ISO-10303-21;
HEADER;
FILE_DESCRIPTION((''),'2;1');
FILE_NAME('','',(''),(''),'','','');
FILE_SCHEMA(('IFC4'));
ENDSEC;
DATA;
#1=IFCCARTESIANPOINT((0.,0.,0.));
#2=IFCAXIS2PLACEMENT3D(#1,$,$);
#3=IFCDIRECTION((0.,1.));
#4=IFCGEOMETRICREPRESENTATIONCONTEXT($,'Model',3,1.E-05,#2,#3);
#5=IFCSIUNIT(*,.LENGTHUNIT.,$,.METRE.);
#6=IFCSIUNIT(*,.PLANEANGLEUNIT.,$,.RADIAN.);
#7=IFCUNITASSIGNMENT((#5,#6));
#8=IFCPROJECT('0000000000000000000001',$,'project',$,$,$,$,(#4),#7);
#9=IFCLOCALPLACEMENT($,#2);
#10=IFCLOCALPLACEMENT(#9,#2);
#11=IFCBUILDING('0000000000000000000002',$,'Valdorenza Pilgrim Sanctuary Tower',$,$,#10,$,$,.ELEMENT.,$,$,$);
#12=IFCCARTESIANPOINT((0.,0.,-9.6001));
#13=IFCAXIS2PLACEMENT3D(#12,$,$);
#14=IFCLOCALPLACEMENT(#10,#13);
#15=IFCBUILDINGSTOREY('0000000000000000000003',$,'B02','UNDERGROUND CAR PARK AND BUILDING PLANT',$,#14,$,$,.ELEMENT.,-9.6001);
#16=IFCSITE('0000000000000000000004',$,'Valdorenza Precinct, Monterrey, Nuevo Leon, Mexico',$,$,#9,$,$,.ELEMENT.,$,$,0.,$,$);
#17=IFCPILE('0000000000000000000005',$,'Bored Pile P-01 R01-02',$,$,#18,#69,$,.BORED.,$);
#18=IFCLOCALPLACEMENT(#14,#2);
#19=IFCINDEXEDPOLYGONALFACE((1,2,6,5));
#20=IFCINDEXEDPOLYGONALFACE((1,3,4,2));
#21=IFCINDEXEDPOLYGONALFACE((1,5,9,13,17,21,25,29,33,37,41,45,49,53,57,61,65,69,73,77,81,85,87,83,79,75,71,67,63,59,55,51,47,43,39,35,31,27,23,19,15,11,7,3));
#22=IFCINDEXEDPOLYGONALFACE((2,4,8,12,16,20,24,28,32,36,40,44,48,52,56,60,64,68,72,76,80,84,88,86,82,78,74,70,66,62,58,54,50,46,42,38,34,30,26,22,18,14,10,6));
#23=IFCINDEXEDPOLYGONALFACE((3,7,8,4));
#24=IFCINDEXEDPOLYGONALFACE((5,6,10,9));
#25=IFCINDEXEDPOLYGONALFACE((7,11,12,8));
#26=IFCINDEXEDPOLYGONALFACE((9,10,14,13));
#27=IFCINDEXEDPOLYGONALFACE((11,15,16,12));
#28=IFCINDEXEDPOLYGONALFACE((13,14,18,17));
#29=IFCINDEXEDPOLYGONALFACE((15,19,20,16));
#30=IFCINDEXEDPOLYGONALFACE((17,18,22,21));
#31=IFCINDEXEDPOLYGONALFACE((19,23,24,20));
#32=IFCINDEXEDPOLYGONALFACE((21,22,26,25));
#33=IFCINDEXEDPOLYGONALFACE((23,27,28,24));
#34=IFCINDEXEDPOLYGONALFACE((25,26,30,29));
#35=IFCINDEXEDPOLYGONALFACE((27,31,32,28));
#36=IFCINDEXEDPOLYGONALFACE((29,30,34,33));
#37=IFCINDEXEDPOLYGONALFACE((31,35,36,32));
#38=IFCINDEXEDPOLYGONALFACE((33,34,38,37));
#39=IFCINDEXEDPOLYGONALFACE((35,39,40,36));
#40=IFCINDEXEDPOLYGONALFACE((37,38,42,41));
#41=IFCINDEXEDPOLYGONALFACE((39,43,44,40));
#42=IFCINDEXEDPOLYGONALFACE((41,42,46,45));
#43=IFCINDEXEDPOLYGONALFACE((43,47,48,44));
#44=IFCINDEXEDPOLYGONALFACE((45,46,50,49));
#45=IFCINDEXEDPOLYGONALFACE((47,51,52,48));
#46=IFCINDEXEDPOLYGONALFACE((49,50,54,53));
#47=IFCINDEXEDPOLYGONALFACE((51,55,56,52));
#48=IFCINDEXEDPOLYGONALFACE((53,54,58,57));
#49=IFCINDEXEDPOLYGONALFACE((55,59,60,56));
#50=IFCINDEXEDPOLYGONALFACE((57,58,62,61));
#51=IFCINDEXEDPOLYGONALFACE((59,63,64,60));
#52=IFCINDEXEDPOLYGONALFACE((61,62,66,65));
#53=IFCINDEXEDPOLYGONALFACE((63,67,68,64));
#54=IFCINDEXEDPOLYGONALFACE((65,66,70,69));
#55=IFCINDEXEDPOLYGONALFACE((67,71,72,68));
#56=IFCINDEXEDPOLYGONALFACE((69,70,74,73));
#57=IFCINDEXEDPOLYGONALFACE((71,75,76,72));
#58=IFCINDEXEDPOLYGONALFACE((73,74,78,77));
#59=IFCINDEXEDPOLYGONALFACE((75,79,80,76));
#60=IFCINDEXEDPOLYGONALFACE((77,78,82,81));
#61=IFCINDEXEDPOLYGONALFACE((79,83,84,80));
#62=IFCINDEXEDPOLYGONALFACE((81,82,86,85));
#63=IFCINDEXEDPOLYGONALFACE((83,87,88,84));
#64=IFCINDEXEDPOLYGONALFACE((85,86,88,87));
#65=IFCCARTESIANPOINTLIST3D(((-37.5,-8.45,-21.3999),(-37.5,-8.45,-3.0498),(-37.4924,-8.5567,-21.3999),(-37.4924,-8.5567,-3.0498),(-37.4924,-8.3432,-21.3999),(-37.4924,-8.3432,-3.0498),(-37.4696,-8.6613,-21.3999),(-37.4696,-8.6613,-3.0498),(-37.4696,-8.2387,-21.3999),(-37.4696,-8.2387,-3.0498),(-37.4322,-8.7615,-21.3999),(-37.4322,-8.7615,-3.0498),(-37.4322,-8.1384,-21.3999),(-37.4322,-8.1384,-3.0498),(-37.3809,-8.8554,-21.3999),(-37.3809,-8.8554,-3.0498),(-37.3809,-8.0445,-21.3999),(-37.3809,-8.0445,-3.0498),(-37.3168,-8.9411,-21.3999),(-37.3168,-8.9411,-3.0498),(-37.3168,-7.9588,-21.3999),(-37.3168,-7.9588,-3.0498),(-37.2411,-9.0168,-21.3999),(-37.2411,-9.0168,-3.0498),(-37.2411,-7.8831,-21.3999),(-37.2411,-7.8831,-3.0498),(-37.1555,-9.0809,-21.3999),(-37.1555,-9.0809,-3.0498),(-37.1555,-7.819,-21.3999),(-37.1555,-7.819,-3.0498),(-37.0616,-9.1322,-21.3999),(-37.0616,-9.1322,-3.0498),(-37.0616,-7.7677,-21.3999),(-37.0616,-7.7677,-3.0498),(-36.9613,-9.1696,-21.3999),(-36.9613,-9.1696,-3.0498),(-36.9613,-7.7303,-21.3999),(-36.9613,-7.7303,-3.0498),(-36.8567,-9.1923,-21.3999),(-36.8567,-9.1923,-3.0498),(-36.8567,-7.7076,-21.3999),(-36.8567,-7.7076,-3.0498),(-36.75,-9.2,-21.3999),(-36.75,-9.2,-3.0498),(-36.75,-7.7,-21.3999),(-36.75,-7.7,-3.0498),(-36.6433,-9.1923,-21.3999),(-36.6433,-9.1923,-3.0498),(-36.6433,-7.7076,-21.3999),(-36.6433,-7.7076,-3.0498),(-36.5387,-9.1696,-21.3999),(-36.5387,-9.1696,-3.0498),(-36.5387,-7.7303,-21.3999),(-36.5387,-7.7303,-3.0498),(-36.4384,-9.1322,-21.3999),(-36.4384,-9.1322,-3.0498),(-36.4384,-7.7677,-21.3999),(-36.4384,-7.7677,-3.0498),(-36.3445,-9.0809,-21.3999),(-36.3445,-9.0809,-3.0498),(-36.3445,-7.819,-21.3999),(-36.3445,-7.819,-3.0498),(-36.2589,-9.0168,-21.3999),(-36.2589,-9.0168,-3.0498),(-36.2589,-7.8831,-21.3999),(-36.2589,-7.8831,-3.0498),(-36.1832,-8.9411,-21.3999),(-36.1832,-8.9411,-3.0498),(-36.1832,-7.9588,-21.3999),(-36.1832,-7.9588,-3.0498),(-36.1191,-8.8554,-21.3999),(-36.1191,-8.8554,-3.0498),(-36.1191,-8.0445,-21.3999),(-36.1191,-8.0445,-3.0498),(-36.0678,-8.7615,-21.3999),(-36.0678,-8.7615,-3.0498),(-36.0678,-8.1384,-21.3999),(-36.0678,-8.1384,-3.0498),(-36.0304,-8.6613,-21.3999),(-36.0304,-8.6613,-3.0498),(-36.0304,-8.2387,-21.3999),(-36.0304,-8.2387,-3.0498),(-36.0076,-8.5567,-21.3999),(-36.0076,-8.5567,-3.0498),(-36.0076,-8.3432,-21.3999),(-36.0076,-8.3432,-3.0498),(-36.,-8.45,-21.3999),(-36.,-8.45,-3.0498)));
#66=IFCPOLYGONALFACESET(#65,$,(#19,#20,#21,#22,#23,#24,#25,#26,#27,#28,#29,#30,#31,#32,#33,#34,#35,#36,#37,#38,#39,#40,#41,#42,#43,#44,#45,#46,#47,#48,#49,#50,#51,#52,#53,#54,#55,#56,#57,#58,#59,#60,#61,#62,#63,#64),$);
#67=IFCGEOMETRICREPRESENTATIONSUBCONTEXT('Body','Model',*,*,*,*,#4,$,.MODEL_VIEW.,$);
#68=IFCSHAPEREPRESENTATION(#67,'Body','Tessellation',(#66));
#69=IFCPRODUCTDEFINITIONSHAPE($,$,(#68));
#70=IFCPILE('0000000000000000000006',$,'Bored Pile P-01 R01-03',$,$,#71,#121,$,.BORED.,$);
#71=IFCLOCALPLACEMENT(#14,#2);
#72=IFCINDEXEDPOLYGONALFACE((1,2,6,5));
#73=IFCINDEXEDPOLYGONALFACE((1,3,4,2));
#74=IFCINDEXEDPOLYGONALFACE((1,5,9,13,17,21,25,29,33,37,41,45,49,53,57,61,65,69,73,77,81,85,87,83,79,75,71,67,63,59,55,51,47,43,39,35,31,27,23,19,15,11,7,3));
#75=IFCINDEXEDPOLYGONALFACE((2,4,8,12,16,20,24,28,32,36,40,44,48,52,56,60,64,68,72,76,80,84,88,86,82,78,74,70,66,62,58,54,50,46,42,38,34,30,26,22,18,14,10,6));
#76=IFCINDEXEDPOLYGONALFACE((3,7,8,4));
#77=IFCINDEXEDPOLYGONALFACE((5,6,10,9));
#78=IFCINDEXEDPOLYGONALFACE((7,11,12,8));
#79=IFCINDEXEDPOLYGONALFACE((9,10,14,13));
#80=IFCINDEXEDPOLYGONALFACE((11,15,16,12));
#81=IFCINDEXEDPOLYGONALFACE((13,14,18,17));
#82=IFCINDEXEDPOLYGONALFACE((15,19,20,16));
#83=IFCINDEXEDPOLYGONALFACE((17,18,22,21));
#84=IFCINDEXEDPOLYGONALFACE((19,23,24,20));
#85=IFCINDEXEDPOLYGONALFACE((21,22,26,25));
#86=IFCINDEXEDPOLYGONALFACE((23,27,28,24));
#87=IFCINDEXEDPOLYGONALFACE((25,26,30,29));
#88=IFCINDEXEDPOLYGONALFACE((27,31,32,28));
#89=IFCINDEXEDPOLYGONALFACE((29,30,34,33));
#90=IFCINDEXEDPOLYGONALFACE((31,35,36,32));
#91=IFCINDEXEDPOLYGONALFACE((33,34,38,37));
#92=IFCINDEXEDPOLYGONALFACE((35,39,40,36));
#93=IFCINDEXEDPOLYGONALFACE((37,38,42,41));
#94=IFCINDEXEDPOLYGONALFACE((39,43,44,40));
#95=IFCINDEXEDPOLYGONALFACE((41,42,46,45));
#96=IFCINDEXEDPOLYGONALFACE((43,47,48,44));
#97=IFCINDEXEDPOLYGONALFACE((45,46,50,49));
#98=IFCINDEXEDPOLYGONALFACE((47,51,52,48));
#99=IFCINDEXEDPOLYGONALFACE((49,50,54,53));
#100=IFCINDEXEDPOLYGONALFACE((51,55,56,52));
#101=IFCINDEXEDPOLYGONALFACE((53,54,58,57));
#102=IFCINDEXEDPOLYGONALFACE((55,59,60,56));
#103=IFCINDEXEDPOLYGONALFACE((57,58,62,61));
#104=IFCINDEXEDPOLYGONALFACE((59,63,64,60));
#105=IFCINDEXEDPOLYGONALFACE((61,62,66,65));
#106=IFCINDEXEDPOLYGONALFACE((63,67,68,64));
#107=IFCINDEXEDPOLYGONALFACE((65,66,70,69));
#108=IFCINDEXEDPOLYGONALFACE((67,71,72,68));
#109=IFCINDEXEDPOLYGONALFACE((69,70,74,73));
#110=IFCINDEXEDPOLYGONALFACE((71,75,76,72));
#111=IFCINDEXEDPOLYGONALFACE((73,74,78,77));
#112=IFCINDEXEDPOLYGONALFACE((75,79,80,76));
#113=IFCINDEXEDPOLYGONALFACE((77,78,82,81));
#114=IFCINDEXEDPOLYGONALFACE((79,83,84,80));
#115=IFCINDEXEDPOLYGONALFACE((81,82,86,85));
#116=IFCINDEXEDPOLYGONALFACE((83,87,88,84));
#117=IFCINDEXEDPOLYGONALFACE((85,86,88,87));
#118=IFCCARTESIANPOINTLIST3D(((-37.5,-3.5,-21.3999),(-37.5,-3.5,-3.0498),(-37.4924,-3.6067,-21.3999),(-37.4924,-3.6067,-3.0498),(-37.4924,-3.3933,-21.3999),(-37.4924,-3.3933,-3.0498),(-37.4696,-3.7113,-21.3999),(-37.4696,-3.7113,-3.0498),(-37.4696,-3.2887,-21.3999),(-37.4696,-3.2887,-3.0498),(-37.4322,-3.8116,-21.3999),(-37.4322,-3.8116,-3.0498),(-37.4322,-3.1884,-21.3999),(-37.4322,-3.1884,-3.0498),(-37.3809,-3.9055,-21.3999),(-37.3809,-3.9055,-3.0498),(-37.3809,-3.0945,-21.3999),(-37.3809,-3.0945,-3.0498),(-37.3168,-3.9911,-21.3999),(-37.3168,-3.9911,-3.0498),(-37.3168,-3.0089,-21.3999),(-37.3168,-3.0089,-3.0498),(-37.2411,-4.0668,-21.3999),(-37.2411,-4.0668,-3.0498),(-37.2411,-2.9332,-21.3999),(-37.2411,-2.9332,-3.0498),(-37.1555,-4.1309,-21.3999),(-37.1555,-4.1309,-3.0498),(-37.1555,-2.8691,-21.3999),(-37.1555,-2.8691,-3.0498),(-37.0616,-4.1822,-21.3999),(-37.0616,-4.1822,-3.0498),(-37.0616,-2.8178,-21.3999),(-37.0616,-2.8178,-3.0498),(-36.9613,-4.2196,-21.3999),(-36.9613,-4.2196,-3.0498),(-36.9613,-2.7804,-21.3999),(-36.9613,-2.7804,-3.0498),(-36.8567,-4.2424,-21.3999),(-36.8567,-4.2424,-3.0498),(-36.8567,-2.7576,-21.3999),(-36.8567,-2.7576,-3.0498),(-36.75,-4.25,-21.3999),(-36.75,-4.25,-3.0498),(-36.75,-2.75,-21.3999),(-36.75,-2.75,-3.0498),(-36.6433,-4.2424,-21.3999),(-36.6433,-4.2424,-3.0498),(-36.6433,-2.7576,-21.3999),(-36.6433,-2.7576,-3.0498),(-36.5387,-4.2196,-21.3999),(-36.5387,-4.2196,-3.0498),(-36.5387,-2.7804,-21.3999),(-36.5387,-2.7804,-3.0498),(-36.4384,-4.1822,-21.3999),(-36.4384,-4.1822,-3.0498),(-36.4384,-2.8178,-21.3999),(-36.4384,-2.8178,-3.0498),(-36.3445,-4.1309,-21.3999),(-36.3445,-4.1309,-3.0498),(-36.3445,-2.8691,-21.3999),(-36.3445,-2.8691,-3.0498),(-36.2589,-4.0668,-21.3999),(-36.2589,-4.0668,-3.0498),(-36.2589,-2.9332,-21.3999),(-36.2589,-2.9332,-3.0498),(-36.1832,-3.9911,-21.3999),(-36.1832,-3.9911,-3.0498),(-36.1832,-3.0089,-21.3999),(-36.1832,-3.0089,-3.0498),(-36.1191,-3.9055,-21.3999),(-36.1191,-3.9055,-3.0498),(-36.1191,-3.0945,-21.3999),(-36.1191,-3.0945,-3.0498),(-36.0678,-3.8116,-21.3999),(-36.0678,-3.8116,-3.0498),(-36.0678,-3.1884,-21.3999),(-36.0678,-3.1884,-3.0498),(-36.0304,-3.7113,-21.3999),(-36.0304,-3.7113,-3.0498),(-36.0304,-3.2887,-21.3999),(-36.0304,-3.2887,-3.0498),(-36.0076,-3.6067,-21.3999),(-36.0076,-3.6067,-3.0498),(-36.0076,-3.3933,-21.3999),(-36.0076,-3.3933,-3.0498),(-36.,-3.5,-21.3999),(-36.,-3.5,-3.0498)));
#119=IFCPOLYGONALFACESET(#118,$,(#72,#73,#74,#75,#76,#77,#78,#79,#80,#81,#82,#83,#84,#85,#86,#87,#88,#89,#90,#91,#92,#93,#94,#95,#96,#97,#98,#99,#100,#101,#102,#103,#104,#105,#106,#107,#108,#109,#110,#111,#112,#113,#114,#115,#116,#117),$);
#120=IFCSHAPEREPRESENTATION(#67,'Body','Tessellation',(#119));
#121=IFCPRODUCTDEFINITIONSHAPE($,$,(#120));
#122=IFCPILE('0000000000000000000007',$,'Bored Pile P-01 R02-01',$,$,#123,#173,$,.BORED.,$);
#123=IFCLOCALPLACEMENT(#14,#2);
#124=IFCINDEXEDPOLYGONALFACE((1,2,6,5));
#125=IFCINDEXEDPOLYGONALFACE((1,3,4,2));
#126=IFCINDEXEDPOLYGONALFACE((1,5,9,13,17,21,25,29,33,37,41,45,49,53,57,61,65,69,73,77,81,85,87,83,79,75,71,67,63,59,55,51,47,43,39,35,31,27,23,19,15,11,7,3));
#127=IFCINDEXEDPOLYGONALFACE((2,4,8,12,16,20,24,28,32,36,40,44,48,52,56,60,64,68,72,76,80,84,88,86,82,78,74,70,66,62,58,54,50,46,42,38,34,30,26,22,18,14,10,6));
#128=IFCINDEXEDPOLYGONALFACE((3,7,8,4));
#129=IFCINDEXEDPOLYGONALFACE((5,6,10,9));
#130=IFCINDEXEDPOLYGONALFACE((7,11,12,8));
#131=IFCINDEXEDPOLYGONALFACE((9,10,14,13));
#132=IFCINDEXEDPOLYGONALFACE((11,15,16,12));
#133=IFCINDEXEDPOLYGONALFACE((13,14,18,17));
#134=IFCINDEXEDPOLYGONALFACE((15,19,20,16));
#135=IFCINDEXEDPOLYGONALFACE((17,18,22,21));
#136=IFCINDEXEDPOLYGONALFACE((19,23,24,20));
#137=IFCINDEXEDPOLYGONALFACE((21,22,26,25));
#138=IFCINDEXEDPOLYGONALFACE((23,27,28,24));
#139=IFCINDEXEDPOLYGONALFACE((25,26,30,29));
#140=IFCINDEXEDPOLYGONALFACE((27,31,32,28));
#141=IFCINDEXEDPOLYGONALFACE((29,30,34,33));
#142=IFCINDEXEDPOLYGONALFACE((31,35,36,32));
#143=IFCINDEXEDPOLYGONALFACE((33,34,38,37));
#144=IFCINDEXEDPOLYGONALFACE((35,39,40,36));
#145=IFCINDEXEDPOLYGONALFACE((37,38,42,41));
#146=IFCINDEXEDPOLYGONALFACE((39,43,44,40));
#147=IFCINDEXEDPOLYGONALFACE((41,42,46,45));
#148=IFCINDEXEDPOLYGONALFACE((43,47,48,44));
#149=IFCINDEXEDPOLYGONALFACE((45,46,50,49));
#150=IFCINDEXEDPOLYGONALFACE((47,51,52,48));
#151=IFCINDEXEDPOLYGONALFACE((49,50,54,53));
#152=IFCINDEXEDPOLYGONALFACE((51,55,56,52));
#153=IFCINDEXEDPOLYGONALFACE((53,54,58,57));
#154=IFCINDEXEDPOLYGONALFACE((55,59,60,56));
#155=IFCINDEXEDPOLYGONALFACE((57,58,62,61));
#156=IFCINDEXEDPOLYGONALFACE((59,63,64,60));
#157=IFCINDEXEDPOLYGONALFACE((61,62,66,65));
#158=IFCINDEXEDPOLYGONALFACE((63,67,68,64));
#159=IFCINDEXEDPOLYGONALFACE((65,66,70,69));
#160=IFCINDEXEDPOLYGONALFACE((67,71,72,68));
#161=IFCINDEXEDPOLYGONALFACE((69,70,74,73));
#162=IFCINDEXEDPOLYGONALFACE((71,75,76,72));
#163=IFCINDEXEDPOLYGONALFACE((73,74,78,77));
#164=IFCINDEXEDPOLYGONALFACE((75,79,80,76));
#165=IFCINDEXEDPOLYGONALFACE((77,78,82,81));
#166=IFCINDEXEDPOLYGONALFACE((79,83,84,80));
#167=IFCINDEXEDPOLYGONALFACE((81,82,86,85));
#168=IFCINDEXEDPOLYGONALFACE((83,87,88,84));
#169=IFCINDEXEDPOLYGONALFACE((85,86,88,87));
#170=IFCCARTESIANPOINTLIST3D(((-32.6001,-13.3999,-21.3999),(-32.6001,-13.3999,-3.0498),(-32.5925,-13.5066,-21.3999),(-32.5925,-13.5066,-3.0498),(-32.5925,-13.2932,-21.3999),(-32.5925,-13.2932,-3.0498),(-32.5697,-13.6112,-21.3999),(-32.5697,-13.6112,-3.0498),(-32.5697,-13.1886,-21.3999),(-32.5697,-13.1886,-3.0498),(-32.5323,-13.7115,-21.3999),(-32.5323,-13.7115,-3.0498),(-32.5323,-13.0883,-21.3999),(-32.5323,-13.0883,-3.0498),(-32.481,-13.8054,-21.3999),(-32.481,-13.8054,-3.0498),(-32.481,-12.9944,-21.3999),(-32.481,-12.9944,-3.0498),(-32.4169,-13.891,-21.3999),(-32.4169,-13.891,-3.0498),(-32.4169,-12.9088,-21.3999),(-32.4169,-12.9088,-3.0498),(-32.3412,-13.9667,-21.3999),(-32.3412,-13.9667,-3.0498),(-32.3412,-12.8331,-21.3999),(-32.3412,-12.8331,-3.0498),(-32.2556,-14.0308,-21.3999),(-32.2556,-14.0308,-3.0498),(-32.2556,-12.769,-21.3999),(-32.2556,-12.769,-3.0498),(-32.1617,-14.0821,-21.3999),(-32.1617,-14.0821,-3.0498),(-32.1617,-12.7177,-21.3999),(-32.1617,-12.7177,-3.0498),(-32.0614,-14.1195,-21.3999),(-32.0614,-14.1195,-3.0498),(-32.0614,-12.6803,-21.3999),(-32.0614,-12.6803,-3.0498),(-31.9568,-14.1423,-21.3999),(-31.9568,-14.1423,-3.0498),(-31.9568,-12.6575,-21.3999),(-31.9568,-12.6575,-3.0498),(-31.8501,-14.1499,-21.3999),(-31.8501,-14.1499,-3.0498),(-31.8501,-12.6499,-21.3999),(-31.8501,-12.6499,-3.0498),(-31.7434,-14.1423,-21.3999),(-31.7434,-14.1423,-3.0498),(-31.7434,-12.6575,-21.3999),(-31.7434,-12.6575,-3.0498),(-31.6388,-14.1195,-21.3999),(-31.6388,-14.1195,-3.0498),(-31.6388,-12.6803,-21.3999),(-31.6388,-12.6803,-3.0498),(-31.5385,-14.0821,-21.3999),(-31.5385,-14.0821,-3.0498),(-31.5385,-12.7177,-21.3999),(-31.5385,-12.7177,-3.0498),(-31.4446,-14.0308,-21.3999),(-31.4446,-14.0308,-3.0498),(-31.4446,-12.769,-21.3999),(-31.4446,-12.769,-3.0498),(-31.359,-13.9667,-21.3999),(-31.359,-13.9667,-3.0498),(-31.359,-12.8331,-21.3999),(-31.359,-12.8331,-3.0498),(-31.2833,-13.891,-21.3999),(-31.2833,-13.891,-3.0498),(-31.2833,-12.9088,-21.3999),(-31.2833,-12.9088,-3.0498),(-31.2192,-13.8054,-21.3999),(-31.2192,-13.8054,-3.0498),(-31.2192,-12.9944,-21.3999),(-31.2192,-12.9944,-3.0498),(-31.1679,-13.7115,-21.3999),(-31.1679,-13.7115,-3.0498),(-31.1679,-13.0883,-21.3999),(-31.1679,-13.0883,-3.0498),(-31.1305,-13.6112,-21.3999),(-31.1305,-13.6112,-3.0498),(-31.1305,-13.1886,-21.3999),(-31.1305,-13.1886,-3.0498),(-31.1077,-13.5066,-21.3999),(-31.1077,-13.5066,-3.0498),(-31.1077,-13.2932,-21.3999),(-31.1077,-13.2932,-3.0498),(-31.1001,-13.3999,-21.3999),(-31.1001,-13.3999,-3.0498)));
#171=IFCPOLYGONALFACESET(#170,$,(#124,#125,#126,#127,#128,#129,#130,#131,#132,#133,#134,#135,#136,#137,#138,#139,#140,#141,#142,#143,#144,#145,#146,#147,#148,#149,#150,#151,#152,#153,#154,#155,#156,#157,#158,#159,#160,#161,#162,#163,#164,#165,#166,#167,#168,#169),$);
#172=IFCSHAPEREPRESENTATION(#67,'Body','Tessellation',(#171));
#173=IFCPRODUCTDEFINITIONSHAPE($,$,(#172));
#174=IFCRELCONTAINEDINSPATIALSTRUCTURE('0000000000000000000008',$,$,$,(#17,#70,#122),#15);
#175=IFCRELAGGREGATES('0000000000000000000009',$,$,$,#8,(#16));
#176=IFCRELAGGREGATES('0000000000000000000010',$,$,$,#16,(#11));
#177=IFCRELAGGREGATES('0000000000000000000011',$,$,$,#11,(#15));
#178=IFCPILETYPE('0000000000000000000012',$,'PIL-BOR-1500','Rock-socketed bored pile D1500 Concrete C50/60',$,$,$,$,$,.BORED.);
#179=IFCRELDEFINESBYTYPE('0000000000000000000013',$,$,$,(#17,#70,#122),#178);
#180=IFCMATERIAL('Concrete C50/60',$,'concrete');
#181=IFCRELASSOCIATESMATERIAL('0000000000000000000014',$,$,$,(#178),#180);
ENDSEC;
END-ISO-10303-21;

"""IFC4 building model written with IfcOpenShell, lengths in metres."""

from ifc_helpers import new_model, si_unit, direction, frame, origin, origin_2d, place, context, subcontext, project, spatial, circle, extrude, source, transform, mapped, material, material_profile, profile_set, type_object, element, save


model = new_model("IFC4")

# Units and contexts
model_context = context("Model", 3, precision=1e-05, world=origin(), true_north=direction((0.0, 1.0)))
body_context = subcontext(model_context, "Body", "Model", "MODEL_VIEW")
ifc_project = project(units=[si_unit("LENGTHUNIT", "METRE"), si_unit("PLANEANGLEUNIT", "RADIAN")], contexts=[model_context])

# Site, building, storey
site_placement = place(None, origin())
site = spatial("IfcSite", under=ifc_project, at=site_placement, Name="Valdorenza Precinct, Monterrey, Nuevo Leon, Mexico", CompositionType="ELEMENT", RefElevation=0.0)
building_placement = place(site_placement, origin())
building = spatial("IfcBuilding", under=site, at=building_placement, Name="Valdorenza Pilgrim Sanctuary Tower", CompositionType="ELEMENT")
storey_placement = place(building_placement, frame((0.0, 0.0, -9.6001)))
storey = spatial("IfcBuildingStorey", under=building, at=storey_placement, Name="B02", Description="UNDERGROUND CAR PARK AND BUILDING PLANT", CompositionType="ELEMENT", Elevation=-9.6001)

# Piles
ifc_material_1 = material(Name="Concrete C50/60", Category="concrete")
ifc_material_profile_1 = material_profile(ifc_material_1, circle(Radius=0.75, at=origin_2d()), Name="BORED PILE 1500")
ifc_profile_set_1 = profile_set([ifc_material_profile_1], Name="Concrete C50/60")
pile_type = type_object("IfcPileType", Name="PIL-BOR-1500", Description="Rock-socketed bored pile D1500 Concrete C50/60", PredefinedType="BORED", material=ifc_profile_set_1)
shared_shape_1 = source(origin(), body_context, "Body", "SweptSolid", [
    extrude(circle(Radius=0.75, at=origin_2d()), origin(), (0.0, 0.0, 1.0), 18.3501),
])
for number, where, z_axis, x_axis, name in (
    (1, (-36.75, -8.45, -3.0498), (0.0, 0.0, -1.0), (1.0, 0.0, 0.0), "Bored Pile P-01 R01-02"),
    (2, (-36.75, -3.5, -3.0498), (0.0, 0.0, -1.0), (1.0, 0.0, 0.0), "Bored Pile P-01 R01-03"),
    (3, (-31.8501, -13.3999, -3.0498), (0.0, 0.0, -1.0), (1.0, 0.0, 0.0), "Bored Pile P-01 R02-01"),
):
    element("IfcPile", number, at=place(storey_placement, frame(where, z_axis=z_axis, x_axis=x_axis)), inside=storey, type_object=pile_type, Name=name, PredefinedType="BORED", context=body_context, shape_type="MappedRepresentation", body=[
        mapped(shared_shape_1, transform((0.0, 0.0, 0.0), x_axis=(1.0, 0.0, 0.0), y_axis=(0.0, 1.0, 0.0), z_axis=(0.0, 0.0, 1.0), scale=1.0)),
    ])

save(model, "model.ifc")
